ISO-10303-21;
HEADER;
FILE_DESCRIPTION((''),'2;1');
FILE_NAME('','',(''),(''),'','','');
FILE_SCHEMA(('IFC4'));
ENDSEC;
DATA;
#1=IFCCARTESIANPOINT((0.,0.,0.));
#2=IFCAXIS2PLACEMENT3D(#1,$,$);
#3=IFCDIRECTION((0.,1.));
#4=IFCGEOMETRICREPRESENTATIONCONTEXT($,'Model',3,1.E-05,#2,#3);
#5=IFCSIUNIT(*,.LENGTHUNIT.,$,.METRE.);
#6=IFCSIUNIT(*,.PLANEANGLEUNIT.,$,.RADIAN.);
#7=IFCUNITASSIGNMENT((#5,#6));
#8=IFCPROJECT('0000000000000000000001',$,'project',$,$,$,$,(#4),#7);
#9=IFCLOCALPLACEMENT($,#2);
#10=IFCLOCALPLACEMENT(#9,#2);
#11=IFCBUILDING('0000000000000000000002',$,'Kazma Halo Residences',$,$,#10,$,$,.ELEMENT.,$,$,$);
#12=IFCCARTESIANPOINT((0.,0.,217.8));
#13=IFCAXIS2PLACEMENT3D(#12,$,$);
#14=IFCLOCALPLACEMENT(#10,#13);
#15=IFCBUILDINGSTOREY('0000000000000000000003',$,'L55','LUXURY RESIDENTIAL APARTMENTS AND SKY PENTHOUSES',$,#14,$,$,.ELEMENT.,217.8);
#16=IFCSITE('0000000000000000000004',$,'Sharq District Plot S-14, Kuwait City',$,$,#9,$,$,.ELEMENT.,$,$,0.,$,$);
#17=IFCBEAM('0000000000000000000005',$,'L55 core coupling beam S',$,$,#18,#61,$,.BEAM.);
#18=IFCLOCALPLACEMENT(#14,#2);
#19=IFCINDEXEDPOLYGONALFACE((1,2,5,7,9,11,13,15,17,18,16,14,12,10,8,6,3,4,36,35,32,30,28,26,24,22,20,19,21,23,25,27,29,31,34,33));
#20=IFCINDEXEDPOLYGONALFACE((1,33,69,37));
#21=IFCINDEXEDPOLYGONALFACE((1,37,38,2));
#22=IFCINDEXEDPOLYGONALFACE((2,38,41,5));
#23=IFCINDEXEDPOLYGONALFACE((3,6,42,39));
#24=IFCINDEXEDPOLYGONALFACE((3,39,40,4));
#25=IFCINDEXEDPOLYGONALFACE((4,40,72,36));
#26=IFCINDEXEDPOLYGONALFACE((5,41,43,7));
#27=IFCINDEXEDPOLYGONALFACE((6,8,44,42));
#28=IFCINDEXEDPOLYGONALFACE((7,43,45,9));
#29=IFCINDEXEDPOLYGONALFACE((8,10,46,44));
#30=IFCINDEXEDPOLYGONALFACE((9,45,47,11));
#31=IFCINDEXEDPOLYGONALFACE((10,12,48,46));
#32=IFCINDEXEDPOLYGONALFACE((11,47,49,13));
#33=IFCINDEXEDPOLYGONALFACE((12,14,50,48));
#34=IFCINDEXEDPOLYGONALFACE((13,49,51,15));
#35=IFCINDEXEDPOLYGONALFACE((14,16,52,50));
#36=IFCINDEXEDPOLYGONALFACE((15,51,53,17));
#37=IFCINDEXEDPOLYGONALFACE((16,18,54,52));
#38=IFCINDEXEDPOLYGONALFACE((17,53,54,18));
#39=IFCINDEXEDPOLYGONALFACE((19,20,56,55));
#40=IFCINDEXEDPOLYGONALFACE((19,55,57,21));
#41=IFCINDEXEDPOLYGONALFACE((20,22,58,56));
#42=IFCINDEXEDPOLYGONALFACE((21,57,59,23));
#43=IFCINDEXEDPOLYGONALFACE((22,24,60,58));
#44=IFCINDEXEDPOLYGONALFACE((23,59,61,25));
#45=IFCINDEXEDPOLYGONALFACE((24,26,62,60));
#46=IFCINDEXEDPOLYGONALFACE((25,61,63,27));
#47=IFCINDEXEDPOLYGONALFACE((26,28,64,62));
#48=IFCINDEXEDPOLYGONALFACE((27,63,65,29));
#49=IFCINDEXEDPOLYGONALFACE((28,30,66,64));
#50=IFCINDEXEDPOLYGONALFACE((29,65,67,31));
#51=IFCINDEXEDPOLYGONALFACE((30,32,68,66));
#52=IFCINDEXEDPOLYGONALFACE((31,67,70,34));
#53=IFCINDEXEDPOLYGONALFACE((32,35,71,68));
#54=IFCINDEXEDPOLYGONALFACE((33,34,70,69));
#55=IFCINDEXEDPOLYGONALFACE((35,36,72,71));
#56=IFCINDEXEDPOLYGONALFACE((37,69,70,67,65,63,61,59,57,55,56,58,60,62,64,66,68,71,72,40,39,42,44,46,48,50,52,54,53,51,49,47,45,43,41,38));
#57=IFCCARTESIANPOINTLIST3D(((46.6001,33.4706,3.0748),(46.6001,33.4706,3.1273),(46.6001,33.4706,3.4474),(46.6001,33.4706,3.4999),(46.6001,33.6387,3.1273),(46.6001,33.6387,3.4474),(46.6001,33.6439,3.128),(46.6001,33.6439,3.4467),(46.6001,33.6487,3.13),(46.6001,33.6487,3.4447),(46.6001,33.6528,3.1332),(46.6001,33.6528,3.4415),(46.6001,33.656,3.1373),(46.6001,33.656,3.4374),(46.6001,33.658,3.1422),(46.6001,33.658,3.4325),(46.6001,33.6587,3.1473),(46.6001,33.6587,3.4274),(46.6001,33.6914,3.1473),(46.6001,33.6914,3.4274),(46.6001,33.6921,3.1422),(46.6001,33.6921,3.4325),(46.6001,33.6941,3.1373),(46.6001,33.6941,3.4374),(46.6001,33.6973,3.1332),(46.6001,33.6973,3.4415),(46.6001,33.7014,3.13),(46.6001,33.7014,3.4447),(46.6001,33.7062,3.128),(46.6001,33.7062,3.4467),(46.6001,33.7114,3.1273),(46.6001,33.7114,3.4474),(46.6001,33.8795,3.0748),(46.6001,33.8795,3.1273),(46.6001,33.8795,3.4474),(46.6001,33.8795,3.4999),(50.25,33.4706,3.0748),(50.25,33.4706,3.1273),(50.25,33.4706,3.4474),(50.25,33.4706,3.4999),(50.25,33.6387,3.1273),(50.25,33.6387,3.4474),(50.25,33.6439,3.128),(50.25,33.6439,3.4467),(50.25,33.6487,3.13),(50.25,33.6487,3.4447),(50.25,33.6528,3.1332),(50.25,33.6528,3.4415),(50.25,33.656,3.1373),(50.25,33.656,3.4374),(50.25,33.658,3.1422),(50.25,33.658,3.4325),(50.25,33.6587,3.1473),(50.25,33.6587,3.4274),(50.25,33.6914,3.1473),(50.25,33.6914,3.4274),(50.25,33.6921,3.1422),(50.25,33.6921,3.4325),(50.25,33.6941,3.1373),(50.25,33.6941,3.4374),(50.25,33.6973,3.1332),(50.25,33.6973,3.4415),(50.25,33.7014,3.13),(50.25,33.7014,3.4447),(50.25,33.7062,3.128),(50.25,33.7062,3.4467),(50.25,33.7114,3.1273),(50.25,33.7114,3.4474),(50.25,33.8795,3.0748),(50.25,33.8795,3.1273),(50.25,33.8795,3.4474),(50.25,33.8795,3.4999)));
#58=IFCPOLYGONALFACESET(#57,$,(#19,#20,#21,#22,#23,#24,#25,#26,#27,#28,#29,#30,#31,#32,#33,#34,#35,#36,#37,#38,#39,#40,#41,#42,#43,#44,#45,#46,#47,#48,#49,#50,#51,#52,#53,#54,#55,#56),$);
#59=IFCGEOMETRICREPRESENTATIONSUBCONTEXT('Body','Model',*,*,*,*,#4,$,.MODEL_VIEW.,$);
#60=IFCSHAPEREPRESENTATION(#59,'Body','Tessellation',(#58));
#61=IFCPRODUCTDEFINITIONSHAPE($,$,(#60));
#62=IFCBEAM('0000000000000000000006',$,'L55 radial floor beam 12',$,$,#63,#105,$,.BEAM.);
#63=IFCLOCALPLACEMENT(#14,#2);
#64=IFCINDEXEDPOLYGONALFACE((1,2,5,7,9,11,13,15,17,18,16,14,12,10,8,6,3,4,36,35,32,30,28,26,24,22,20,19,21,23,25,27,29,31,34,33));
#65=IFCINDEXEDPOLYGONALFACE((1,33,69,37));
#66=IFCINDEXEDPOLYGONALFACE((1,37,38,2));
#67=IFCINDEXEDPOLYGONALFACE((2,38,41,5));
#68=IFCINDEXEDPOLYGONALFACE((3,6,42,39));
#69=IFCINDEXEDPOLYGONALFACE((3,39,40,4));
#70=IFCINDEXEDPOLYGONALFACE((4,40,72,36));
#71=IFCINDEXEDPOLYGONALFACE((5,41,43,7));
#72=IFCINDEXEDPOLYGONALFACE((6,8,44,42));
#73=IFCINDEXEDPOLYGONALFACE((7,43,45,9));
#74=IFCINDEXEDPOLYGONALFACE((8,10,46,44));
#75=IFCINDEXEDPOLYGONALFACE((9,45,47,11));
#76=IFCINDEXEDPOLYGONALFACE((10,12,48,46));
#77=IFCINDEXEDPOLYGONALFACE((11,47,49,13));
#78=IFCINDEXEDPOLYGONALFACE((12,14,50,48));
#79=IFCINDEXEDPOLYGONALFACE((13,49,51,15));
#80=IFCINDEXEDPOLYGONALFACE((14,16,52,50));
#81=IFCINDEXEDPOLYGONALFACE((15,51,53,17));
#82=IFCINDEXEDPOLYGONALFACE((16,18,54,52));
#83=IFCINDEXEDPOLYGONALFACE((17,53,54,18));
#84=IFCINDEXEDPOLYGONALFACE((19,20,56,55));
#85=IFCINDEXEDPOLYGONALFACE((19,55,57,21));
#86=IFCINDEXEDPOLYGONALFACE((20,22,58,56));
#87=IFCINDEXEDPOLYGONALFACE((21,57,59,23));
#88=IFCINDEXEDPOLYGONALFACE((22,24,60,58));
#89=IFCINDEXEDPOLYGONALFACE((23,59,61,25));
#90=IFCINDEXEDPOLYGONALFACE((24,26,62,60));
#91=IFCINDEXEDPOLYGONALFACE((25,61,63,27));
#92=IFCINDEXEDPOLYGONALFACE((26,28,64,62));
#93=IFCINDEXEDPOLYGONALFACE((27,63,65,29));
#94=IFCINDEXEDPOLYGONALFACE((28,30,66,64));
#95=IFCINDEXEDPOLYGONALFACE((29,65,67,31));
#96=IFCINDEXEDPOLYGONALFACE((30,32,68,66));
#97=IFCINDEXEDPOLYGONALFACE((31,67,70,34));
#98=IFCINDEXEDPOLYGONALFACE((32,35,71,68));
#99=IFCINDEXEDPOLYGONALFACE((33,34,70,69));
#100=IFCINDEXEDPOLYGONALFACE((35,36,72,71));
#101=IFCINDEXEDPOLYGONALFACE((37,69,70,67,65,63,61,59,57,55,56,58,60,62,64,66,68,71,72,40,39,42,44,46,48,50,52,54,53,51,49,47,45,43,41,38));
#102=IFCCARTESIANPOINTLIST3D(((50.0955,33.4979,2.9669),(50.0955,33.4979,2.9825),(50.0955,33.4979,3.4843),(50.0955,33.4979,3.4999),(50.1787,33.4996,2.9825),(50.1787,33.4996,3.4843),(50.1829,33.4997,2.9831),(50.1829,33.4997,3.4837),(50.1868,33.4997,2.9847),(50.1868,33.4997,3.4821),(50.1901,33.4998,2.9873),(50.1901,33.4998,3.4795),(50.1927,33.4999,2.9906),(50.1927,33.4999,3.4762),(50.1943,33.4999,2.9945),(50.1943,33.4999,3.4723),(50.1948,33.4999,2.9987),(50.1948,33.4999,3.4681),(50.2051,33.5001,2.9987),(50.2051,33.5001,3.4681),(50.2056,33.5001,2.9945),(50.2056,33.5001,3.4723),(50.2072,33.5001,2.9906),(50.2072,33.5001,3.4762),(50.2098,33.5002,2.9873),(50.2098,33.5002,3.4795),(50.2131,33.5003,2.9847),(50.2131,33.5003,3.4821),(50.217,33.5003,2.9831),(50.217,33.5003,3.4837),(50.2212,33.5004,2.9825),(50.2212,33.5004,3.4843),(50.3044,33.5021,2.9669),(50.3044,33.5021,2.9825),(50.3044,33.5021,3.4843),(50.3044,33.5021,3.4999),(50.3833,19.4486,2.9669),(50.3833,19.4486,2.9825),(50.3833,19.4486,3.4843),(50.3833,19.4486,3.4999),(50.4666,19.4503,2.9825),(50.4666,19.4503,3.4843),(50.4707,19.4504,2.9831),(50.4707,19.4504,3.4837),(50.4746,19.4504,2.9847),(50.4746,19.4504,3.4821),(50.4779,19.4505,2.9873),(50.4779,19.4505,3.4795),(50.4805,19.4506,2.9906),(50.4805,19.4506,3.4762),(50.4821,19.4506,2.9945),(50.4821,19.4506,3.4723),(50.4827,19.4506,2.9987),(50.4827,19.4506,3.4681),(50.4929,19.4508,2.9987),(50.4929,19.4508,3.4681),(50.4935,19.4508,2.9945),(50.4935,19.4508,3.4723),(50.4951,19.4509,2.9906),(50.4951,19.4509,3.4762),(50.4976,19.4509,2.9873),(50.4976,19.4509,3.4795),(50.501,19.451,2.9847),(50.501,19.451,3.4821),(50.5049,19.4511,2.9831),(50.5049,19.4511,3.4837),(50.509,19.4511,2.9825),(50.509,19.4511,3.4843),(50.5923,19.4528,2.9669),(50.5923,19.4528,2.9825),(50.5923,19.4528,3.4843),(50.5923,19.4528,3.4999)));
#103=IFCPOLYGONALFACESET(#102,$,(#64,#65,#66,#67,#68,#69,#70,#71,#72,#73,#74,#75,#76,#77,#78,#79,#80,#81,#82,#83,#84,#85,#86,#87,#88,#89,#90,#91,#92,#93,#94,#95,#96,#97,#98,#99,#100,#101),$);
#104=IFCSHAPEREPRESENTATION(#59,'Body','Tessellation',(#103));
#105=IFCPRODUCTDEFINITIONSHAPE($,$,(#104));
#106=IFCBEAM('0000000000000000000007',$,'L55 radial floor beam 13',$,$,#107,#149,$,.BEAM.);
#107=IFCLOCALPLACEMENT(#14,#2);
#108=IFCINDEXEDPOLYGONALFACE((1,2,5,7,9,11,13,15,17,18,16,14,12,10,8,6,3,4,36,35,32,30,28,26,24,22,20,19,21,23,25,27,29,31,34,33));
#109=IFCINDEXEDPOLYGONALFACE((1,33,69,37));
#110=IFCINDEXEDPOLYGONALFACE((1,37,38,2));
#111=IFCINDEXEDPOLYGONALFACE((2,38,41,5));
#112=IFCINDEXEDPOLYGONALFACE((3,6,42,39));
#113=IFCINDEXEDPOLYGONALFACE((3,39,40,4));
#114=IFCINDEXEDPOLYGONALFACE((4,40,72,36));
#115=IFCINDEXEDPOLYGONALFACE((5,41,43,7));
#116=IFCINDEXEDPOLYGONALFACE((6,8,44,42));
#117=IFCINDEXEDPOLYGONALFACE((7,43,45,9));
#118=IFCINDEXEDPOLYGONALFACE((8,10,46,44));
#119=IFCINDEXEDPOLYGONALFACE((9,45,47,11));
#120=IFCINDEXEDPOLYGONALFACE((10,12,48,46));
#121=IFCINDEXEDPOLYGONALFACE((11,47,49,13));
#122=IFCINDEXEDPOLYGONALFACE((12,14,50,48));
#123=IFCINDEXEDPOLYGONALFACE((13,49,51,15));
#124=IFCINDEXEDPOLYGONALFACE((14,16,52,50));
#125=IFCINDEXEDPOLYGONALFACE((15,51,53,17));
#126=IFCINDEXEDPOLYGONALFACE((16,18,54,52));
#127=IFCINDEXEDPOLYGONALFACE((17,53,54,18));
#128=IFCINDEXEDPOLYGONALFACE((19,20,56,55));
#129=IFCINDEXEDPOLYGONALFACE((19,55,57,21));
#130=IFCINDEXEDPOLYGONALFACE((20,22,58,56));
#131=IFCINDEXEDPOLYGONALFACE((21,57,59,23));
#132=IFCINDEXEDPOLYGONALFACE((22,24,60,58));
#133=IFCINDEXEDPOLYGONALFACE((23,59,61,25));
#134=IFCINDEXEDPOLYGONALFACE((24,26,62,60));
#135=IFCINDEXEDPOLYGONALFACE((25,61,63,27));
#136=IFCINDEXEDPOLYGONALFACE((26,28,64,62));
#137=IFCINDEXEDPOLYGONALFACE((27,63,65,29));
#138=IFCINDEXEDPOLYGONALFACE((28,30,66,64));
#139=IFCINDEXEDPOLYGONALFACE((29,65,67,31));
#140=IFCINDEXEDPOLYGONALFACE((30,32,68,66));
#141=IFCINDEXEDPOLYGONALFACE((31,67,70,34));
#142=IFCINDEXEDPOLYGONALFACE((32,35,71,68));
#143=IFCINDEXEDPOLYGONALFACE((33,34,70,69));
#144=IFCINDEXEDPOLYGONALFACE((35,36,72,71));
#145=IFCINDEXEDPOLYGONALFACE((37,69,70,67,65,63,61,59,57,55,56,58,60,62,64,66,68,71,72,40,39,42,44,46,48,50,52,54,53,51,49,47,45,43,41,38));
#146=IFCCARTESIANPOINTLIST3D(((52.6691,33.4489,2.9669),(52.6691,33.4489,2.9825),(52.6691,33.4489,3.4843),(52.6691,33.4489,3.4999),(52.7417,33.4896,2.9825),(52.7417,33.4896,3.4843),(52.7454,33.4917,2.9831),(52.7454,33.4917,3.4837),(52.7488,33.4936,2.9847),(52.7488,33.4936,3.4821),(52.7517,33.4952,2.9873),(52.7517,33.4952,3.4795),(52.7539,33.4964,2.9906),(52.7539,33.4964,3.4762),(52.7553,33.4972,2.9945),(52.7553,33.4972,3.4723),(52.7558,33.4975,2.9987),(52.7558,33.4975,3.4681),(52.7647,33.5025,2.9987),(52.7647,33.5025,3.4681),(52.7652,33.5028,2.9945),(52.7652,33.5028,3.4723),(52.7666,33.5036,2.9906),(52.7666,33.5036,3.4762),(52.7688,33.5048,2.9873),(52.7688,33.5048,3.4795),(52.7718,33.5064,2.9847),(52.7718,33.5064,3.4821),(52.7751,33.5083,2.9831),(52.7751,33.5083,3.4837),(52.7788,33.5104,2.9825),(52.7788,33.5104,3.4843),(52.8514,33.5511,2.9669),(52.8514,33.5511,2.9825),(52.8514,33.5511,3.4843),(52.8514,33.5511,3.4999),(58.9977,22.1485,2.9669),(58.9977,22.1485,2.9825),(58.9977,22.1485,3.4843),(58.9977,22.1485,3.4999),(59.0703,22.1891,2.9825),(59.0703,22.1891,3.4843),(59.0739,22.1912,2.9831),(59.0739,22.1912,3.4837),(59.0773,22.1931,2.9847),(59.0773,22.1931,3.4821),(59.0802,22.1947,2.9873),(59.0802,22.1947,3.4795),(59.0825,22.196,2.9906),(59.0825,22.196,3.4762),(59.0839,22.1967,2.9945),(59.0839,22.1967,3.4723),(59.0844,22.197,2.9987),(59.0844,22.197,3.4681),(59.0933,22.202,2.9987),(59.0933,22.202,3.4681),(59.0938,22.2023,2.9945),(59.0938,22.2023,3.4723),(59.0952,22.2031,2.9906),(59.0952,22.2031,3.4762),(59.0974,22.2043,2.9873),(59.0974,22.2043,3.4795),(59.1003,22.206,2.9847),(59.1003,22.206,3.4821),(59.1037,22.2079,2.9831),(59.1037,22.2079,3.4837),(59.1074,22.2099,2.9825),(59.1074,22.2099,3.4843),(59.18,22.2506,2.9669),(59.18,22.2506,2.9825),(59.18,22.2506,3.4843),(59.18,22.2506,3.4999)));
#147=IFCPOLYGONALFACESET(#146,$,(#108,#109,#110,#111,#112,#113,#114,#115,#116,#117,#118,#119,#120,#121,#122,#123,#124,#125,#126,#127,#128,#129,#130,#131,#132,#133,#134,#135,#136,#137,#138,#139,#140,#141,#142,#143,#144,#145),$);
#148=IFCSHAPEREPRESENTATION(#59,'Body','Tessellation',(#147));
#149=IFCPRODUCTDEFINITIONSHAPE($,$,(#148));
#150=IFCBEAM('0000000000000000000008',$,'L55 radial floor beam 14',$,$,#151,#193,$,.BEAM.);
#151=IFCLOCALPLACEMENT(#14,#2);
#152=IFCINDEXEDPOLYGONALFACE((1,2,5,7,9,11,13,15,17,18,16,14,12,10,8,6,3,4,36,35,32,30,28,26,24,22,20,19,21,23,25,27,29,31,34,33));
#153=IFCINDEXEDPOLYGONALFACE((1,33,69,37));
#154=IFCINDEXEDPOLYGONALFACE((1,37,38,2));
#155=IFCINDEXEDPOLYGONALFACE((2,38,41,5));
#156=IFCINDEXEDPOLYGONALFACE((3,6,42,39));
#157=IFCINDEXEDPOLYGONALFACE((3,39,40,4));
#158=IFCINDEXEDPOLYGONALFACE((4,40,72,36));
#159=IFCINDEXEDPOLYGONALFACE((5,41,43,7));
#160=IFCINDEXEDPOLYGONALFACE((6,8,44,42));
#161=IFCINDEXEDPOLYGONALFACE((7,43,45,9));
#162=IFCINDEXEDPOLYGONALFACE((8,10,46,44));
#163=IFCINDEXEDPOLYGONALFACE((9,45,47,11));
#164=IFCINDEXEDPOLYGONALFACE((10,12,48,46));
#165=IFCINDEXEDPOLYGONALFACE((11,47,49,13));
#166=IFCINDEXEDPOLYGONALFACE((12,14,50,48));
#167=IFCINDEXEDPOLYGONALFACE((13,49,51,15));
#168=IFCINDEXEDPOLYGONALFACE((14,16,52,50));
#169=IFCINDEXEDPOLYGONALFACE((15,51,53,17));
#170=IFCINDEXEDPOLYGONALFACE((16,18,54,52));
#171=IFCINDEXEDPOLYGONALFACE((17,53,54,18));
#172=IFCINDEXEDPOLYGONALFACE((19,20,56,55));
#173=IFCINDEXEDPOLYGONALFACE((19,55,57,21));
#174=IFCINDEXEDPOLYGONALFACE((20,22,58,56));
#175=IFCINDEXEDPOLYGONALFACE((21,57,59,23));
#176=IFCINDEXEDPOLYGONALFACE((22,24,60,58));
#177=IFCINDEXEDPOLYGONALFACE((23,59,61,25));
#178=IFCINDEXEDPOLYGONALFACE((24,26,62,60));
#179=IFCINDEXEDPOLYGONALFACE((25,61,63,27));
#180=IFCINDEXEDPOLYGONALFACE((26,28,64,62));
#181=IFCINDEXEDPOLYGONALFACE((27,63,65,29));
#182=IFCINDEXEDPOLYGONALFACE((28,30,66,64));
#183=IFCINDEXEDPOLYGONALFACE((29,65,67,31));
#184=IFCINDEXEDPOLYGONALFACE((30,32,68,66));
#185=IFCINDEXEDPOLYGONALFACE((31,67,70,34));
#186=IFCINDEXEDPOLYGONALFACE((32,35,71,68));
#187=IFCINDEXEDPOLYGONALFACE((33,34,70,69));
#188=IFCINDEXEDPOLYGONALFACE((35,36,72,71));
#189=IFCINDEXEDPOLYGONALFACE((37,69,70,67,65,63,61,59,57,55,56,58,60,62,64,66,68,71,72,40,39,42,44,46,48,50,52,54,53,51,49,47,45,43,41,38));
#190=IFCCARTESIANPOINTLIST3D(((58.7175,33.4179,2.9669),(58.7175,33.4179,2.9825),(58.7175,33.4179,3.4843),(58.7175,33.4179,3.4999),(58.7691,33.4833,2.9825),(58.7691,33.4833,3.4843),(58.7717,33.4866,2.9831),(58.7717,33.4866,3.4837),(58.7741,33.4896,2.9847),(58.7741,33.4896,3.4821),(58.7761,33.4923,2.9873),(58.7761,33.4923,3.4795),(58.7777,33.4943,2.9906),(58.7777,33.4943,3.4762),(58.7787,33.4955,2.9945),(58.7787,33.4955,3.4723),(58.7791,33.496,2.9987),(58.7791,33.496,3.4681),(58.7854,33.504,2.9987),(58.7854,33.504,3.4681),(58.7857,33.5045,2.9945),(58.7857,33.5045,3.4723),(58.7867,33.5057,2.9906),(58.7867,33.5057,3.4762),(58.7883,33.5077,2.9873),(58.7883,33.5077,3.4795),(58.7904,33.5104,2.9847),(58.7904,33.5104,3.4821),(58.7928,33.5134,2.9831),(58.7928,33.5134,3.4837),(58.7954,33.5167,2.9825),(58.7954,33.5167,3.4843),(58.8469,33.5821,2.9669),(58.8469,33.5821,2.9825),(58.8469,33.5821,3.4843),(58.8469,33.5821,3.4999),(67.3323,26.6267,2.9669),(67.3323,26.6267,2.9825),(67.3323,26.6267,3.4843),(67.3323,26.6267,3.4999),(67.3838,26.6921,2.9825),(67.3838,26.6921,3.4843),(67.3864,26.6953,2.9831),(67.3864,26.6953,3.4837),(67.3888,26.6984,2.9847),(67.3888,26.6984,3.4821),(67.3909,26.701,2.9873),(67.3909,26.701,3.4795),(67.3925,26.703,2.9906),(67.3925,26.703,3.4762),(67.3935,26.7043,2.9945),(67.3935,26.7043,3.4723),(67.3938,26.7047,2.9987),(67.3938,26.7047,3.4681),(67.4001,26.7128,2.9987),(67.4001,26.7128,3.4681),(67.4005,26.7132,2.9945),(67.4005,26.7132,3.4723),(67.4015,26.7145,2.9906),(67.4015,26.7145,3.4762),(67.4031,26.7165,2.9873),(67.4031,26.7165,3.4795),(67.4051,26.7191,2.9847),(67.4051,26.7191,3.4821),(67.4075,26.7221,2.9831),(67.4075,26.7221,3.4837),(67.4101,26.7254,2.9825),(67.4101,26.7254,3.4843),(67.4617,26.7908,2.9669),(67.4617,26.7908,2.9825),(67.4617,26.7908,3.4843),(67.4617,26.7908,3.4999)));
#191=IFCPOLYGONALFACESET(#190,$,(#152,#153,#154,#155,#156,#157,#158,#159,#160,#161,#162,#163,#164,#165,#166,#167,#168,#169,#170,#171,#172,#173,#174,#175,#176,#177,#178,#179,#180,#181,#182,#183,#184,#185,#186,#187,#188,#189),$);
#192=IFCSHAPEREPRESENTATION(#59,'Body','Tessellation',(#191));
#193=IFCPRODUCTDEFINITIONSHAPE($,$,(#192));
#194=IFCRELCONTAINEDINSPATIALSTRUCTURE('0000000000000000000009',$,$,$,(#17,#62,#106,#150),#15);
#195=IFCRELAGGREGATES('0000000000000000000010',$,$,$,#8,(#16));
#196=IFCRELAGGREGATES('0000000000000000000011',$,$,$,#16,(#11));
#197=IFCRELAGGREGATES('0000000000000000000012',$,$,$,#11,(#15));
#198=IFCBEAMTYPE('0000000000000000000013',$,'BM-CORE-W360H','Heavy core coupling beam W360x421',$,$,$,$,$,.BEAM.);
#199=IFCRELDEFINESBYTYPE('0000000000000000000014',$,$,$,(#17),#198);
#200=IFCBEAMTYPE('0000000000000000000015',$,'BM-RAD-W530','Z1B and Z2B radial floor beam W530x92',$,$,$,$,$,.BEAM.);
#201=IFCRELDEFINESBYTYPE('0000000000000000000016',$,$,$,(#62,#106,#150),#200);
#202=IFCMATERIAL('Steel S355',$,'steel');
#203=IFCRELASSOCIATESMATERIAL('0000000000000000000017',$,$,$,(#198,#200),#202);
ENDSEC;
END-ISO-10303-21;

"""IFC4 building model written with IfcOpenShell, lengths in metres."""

from ifc_helpers import new_model, si_unit, direction, frame, origin, origin_2d, place, context, subcontext, project, spatial, i_section, extrude, material, material_profile, profile_set, type_object, element, save


model = new_model("IFC4")

# Units and contexts
model_context = context("Model", 3, precision=1e-05, world=origin(), true_north=direction((0.0, 1.0)))
body_context = subcontext(model_context, "Body", "Model", "MODEL_VIEW")
ifc_project = project(units=[si_unit("LENGTHUNIT", "METRE"), si_unit("PLANEANGLEUNIT", "RADIAN")], contexts=[model_context])

# Site, building, storey
site_placement = place(None, origin())
site = spatial("IfcSite", under=ifc_project, at=site_placement, Name="Sharq District Plot S-14, Kuwait City", CompositionType="ELEMENT", RefElevation=0.0)
building_placement = place(site_placement, origin())
building = spatial("IfcBuilding", under=site, at=building_placement, Name="Kazma Halo Residences", CompositionType="ELEMENT")
storey_placement = place(building_placement, frame((0.0, 0.0, 217.8)))
storey = spatial("IfcBuildingStorey", under=building, at=storey_placement, Name="L55", Description="LUXURY RESIDENTIAL APARTMENTS AND SKY PENTHOUSES", CompositionType="ELEMENT", Elevation=217.8)

# Beams
ifc_material_1 = material(Name="Steel S355", Category="steel")
ifc_material_profile_1 = material_profile(ifc_material_1, i_section(OverallWidth=0.4089, OverallDepth=0.425, WebThickness=0.0327, FlangeThickness=0.0525, FilletRadius=0.02, at=origin_2d()), Name="W360x421")
ifc_profile_set_1 = profile_set([ifc_material_profile_1], Name="Steel S355")
beam_type_1 = type_object("IfcBeamType", Name="BM-CORE-W360H", Description="Heavy core coupling beam W360x421", PredefinedType="BEAM", material=ifc_profile_set_1)
beam_1_placement = place(storey_placement, frame((46.6001, 33.675, 3.2874), z_axis=(1.0, 0.0, 0.0), x_axis=(0.0, 1.0, 0.0)))
element("IfcBeam", 1, at=beam_1_placement, inside=storey, type_object=beam_type_1, Name="L55 core coupling beam S", PredefinedType="BEAM", context=body_context, shape_type="SweptSolid", body=[
    extrude(i_section(OverallWidth=0.4089, OverallDepth=0.425, WebThickness=0.0327, FlangeThickness=0.0525, FilletRadius=0.02, at=origin_2d()), origin(), (0.0, 0.0, 1.0), 3.6499),
])
ifc_material_profile_2 = material_profile(ifc_material_1, i_section(OverallWidth=0.209, OverallDepth=0.533, WebThickness=0.0103, FlangeThickness=0.0156, FilletRadius=0.0161, at=origin_2d()), Name="W530x92")
ifc_profile_set_2 = profile_set([ifc_material_profile_2], Name="Steel S355")
beam_type_2 = type_object("IfcBeamType", Name="BM-RAD-W530", Description="Z1B and Z2B radial floor beam W530x92", PredefinedType="BEAM", material=ifc_profile_set_2)
beam_2_placement = place(storey_placement, frame((50.2, 33.5, 3.2334), z_axis=(0.020484, -0.99979, 0.0), x_axis=(0.99979, 0.020484, 0.0)))
element("IfcBeam", 2, at=beam_2_placement, inside=storey, type_object=beam_type_2, Name="L55 radial floor beam 12", PredefinedType="BEAM", context=body_context, shape_type="SweptSolid", body=[
    extrude(i_section(OverallWidth=0.209, OverallDepth=0.533, WebThickness=0.0103, FlangeThickness=0.0156, FilletRadius=0.0161, at=origin_2d()), origin(), (0.0, 0.0, 1.0), 14.0522),
])
beam_3_placement = place(storey_placement, frame((52.7603, 33.5, 3.2334), z_axis=(0.488622, -0.872496, 0.0), x_axis=(0.872496, 0.488622, 0.0)))
element("IfcBeam", 3, at=beam_3_placement, inside=storey, type_object=beam_type_2, Name="L55 radial floor beam 13", PredefinedType="BEAM", context=body_context, shape_type="SweptSolid", body=[
    extrude(i_section(OverallWidth=0.209, OverallDepth=0.533, WebThickness=0.0103, FlangeThickness=0.0156, FilletRadius=0.0161, at=origin_2d()), origin(), (0.0, 0.0, 1.0), 12.9519),
])
beam_4_placement = place(storey_placement, frame((58.7822, 33.5, 3.2334), z_axis=(0.78532, -0.619091, 0.0), x_axis=(0.619091, 0.78532, 0.0)))
element("IfcBeam", 4, at=beam_4_placement, inside=storey, type_object=beam_type_2, Name="L55 radial floor beam 14", PredefinedType="BEAM", context=body_context, shape_type="SweptSolid", body=[
    extrude(i_section(OverallWidth=0.209, OverallDepth=0.533, WebThickness=0.0103, FlangeThickness=0.0156, FilletRadius=0.0161, at=origin_2d()), origin(), (0.0, 0.0, 1.0), 10.9697),
])

save(model, "model.ifc")
